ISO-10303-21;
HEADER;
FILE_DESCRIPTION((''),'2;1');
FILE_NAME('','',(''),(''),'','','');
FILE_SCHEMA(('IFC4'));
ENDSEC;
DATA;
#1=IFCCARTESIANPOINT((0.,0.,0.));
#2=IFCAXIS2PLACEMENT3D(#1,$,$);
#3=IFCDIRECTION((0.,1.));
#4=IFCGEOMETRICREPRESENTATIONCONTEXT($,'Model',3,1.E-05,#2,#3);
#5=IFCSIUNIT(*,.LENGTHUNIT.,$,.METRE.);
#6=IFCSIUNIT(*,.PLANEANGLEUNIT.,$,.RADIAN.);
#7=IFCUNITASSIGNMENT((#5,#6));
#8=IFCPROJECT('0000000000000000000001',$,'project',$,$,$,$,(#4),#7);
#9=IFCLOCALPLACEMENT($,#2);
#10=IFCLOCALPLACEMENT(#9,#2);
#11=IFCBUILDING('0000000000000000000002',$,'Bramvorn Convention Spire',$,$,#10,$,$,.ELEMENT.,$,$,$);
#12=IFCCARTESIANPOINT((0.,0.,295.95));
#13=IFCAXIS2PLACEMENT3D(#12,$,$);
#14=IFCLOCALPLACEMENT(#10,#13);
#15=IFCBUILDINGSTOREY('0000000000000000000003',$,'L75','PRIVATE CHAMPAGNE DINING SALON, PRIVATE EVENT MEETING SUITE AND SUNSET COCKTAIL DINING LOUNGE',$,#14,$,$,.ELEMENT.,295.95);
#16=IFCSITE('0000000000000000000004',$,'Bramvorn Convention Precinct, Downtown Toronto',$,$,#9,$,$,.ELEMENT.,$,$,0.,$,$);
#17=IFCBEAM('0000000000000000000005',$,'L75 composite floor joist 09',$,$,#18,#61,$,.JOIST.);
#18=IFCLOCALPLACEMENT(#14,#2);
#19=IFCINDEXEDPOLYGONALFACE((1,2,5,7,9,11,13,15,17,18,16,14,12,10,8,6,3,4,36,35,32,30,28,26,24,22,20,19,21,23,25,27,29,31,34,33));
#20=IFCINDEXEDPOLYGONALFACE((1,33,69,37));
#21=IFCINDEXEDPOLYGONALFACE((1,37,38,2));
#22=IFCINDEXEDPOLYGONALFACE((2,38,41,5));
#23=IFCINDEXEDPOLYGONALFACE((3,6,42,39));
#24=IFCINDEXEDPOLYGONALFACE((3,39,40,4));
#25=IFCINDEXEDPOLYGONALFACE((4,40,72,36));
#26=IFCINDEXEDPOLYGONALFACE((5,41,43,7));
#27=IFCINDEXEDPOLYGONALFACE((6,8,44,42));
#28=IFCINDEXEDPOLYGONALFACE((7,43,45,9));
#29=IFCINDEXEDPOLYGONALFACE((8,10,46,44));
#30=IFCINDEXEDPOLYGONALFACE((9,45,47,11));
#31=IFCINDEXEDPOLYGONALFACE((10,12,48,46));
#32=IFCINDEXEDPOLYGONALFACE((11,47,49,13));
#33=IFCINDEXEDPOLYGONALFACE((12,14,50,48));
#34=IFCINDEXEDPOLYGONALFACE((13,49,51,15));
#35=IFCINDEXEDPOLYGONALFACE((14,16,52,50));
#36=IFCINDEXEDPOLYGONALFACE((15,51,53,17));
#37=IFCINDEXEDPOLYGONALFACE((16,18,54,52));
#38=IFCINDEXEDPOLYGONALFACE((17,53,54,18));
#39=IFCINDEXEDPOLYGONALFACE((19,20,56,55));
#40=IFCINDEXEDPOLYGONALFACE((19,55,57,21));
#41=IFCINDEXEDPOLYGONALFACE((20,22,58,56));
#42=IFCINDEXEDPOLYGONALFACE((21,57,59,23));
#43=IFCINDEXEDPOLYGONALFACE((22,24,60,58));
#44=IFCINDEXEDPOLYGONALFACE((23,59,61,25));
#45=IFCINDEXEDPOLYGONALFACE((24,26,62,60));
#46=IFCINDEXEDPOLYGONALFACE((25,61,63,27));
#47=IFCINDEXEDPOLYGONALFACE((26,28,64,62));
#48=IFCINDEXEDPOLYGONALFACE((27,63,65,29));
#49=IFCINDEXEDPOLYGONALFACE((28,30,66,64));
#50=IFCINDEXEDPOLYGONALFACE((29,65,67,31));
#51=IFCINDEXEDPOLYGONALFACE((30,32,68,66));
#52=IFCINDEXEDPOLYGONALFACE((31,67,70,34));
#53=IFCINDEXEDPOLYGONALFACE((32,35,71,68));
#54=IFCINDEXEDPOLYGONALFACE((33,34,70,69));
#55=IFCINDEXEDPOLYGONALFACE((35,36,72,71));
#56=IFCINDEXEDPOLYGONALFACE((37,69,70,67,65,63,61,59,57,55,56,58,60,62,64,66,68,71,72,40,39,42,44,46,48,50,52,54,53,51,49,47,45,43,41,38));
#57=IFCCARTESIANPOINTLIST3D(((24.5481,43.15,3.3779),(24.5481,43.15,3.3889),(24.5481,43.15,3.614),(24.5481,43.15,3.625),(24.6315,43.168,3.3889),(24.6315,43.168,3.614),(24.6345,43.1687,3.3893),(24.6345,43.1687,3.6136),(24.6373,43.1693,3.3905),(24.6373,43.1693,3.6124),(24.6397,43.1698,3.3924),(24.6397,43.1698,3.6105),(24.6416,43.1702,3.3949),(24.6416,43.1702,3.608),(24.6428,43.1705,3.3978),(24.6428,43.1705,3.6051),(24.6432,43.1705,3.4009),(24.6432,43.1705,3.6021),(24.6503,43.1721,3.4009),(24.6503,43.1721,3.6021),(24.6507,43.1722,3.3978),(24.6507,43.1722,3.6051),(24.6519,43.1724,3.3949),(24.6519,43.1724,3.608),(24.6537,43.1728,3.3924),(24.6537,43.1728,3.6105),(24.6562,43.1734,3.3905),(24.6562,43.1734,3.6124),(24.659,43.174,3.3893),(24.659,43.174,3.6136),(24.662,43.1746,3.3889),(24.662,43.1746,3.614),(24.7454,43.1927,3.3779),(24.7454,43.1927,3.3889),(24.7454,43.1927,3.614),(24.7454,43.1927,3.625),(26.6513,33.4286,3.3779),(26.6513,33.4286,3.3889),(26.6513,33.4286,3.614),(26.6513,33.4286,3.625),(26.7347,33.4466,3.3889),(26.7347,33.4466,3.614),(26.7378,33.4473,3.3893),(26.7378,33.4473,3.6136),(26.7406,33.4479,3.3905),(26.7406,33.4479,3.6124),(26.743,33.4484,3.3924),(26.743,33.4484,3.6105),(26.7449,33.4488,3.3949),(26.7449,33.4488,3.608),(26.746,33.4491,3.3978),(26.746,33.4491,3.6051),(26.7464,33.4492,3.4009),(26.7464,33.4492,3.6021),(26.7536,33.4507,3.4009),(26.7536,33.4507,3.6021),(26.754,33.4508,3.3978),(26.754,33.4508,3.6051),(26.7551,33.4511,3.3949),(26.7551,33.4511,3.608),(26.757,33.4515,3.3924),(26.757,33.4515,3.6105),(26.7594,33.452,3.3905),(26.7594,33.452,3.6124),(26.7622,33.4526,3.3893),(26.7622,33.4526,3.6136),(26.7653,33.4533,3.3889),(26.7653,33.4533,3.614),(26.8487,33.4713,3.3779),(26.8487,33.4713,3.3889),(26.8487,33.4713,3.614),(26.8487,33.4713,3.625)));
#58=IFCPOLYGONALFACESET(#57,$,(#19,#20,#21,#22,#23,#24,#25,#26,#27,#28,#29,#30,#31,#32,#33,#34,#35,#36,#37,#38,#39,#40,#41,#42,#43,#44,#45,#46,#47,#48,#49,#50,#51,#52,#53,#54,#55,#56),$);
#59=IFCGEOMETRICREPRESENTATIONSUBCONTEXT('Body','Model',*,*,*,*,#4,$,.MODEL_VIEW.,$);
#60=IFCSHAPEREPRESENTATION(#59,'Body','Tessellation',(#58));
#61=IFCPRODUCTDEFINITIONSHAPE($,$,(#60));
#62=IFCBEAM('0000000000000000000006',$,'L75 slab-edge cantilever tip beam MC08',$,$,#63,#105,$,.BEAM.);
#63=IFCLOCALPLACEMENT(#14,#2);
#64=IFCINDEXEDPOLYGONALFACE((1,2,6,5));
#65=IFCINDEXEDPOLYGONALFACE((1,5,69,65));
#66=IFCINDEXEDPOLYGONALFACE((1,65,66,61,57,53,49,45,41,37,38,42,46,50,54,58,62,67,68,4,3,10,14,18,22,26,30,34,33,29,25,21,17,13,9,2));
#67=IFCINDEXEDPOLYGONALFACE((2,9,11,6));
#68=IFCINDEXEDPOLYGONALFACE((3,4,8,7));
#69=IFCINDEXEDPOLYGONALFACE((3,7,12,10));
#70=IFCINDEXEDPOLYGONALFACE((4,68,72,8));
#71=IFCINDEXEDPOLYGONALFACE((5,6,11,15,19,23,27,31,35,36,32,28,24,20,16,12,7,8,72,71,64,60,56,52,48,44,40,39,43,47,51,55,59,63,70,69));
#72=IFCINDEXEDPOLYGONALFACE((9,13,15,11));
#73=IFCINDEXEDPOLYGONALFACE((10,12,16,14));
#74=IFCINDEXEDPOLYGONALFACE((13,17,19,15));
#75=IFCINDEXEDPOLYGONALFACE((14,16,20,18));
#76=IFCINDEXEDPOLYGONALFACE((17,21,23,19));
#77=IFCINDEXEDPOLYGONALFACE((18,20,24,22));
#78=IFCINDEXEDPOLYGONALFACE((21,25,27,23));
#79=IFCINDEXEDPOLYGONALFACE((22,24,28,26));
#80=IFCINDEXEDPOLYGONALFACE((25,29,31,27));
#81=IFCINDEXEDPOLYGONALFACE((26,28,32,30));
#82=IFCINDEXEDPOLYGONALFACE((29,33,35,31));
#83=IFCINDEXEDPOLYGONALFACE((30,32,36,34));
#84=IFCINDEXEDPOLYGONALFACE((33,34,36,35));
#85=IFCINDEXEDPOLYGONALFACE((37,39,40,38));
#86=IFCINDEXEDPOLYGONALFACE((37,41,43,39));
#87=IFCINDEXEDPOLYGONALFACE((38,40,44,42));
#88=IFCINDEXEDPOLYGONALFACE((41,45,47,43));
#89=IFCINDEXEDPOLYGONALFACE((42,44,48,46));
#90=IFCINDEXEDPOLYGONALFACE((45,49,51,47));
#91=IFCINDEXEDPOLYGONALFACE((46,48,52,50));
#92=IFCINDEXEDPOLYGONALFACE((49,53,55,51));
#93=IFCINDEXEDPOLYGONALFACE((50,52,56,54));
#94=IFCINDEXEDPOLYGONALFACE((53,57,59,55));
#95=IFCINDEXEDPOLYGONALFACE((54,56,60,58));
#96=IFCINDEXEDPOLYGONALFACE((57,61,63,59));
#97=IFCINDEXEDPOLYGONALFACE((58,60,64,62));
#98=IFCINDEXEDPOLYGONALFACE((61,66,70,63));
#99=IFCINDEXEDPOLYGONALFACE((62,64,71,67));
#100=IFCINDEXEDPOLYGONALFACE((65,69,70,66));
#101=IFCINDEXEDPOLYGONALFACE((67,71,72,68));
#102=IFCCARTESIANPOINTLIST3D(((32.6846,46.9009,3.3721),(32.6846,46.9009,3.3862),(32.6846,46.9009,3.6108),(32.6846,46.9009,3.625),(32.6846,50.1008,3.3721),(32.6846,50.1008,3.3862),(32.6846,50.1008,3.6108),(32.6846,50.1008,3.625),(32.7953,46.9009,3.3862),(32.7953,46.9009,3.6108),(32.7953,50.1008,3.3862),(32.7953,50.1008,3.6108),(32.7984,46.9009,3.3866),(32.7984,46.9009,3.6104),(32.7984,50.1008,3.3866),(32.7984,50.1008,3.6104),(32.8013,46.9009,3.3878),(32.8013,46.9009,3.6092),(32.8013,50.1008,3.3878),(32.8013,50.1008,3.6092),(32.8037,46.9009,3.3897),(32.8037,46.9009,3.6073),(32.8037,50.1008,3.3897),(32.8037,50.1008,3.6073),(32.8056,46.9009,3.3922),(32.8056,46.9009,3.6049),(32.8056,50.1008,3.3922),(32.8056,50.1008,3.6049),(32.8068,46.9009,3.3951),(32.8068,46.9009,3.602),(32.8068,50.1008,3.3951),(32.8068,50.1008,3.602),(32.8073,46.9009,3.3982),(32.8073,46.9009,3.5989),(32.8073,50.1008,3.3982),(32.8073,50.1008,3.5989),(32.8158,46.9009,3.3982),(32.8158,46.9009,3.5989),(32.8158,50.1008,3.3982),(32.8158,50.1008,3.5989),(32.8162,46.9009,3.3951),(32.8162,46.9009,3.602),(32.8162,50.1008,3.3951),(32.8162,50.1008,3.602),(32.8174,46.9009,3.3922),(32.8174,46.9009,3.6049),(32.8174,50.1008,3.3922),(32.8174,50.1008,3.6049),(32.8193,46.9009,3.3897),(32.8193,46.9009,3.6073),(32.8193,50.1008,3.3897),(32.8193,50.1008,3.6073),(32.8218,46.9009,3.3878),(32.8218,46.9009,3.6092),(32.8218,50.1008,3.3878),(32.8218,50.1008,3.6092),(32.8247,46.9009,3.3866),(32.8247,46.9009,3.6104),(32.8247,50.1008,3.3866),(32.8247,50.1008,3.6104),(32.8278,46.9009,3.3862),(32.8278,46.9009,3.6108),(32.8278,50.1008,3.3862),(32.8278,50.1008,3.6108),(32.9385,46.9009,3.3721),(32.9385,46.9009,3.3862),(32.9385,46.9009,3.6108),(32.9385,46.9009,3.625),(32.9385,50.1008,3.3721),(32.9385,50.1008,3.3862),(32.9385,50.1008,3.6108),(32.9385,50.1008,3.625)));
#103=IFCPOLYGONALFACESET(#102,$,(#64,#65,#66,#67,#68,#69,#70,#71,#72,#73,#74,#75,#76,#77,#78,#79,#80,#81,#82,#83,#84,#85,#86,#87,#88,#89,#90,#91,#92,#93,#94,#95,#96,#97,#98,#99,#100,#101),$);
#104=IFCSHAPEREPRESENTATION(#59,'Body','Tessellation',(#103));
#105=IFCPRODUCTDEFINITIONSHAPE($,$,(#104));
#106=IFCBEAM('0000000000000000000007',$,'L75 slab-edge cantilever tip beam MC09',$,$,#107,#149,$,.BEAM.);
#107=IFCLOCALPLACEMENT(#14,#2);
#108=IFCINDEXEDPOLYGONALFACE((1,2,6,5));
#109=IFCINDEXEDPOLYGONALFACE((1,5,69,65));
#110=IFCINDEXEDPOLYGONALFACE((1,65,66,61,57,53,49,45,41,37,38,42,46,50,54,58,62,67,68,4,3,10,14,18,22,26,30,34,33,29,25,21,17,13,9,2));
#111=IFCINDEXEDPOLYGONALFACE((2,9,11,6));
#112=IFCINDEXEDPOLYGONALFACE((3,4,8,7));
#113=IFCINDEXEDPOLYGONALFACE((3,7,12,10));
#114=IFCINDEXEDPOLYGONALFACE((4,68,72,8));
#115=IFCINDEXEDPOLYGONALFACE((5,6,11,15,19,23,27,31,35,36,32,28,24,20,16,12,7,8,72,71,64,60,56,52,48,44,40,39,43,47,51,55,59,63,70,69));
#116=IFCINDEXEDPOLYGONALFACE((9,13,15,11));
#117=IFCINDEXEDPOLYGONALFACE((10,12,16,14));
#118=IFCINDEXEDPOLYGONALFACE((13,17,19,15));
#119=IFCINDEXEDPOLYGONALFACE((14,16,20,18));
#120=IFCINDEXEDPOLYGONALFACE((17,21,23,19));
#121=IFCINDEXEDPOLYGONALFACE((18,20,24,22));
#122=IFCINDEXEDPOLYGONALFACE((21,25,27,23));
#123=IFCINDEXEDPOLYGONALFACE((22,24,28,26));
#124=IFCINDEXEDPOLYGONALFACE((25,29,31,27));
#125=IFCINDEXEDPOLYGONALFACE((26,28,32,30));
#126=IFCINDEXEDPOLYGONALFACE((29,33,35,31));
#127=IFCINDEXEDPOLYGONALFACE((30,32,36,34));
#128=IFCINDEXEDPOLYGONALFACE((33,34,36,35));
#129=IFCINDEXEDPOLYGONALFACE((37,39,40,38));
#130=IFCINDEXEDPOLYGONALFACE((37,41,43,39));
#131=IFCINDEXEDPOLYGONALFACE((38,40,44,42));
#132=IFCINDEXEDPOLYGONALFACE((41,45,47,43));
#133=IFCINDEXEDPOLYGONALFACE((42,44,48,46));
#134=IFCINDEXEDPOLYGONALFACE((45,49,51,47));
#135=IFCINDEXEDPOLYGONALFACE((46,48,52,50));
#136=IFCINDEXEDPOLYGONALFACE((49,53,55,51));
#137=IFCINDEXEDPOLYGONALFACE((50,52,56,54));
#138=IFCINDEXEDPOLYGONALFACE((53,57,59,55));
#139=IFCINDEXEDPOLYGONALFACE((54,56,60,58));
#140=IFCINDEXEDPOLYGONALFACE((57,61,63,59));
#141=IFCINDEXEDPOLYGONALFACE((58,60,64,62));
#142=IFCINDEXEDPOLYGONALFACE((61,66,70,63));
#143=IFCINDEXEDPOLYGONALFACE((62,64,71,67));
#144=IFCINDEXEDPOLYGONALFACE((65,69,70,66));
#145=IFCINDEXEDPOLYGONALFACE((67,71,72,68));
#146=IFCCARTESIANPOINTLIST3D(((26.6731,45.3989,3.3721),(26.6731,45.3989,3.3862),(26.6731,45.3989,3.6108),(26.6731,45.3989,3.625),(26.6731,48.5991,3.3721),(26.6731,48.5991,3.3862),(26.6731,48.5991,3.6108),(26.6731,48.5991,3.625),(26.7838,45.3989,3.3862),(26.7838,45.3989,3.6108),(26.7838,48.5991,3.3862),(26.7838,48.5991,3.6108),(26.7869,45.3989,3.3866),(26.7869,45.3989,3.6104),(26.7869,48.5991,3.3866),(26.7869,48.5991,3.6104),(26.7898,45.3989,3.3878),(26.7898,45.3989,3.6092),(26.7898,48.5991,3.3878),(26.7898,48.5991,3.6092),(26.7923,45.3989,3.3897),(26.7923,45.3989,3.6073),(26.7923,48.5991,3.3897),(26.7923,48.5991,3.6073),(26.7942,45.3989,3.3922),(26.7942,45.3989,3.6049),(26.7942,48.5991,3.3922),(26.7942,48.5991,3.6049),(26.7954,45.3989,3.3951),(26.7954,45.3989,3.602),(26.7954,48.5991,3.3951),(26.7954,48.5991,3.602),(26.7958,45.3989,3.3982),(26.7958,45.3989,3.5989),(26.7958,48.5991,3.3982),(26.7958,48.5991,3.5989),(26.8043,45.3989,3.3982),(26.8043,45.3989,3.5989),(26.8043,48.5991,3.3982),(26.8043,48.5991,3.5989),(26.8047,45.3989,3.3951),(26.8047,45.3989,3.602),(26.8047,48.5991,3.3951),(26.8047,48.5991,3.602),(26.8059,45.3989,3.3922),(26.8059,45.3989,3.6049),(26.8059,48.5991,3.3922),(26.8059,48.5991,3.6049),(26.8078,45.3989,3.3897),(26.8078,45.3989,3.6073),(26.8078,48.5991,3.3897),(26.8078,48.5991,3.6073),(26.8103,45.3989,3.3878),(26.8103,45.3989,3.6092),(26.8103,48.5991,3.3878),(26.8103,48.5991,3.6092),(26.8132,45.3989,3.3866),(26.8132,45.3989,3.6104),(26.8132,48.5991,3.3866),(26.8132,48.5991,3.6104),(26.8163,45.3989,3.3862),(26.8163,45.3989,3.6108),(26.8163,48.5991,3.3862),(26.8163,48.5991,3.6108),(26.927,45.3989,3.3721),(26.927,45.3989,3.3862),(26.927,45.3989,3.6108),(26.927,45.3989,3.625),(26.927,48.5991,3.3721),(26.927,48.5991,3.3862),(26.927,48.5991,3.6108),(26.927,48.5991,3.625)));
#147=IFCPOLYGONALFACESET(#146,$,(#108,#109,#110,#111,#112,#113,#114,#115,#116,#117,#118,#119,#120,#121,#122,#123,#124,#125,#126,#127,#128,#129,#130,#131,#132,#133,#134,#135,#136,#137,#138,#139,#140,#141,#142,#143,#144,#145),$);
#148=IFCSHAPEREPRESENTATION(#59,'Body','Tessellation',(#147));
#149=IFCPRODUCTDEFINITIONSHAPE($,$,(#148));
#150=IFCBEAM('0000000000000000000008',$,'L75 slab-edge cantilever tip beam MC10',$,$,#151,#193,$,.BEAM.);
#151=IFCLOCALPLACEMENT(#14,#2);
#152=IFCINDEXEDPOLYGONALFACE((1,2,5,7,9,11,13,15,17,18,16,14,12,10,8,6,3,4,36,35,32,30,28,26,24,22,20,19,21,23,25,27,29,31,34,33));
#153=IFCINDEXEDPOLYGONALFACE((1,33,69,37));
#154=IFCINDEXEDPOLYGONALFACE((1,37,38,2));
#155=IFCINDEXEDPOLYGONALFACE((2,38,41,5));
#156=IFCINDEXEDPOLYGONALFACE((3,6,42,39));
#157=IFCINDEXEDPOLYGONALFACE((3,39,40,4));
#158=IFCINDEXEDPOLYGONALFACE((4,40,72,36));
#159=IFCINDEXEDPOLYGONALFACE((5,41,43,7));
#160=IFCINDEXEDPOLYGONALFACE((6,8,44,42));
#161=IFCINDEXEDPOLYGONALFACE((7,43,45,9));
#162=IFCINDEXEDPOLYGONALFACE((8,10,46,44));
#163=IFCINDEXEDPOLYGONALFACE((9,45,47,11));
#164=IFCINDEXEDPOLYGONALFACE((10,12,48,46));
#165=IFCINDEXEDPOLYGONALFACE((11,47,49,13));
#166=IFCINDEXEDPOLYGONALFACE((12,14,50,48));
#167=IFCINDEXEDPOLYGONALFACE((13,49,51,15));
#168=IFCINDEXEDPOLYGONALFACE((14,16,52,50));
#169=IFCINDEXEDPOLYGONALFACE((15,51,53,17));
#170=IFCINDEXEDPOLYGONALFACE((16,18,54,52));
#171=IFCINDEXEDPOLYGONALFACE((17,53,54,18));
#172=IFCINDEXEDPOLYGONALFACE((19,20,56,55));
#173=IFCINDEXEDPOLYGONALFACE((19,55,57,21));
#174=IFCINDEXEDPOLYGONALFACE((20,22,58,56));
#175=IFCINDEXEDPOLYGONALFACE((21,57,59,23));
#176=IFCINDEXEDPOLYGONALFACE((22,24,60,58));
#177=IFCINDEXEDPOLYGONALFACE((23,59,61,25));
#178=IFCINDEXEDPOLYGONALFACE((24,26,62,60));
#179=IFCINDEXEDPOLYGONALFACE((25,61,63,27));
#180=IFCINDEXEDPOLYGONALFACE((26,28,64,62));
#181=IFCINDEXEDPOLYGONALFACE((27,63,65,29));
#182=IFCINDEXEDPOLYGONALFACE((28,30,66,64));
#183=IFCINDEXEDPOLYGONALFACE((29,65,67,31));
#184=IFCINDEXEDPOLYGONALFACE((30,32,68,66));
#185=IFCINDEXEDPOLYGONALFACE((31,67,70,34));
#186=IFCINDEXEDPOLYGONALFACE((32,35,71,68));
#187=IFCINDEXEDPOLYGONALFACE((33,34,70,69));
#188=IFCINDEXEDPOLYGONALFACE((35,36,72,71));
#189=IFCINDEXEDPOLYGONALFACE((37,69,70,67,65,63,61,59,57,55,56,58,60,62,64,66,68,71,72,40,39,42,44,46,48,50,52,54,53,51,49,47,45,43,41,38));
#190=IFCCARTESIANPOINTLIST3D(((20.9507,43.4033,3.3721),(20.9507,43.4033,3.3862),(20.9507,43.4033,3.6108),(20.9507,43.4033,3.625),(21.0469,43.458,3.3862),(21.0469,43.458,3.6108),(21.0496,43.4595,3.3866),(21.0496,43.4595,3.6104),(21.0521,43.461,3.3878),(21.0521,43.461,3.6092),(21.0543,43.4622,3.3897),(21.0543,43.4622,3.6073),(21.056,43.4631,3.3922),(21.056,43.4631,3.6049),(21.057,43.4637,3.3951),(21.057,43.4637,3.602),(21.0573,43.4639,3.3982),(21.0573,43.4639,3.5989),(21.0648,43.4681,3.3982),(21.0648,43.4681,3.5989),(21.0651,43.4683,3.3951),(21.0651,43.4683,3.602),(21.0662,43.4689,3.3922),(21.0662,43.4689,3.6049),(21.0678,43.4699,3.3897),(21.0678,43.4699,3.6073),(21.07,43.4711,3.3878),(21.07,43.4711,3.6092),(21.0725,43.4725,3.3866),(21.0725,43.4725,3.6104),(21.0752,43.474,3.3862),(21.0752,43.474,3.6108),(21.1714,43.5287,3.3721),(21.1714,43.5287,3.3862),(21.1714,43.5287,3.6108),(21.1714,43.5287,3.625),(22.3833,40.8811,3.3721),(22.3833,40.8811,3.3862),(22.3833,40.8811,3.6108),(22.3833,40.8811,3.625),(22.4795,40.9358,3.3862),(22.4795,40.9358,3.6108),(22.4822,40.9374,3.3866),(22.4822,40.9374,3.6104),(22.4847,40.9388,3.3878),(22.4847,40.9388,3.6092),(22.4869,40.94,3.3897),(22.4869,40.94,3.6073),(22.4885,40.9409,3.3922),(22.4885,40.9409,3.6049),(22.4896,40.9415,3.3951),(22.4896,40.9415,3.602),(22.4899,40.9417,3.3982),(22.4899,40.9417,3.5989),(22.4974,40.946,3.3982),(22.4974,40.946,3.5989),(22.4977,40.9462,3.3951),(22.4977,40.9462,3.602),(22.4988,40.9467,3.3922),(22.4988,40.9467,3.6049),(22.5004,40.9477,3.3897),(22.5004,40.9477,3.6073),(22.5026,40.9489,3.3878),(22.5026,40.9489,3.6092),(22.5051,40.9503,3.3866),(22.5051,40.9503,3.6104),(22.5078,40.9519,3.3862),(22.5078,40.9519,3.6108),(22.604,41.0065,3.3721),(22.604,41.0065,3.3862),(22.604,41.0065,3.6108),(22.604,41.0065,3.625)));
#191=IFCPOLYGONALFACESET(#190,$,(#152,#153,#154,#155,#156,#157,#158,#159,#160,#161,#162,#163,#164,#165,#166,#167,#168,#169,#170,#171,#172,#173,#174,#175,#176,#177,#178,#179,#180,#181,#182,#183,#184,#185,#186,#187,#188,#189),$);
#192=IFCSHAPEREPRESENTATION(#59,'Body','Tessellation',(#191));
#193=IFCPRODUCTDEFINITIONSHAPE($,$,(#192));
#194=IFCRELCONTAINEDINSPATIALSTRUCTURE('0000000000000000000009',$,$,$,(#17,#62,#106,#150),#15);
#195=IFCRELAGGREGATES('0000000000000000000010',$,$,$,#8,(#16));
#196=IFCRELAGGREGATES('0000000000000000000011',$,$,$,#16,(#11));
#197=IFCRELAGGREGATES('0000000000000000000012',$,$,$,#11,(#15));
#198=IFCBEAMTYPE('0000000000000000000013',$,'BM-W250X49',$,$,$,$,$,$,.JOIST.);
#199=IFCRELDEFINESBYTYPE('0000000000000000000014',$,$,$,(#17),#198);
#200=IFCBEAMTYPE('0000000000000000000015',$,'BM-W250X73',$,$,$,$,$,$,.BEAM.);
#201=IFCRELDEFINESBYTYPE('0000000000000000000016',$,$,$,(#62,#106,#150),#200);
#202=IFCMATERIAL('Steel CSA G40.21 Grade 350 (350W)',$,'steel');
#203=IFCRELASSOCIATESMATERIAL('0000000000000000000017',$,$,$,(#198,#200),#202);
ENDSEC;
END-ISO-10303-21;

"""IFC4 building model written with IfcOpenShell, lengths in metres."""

from ifc_helpers import new_model, si_unit, direction, frame, origin, origin_2d, place, context, subcontext, project, spatial, i_section, extrude, material, material_profile, profile_set, type_object, element, save


model = new_model("IFC4")

# Units and contexts
model_context = context("Model", 3, precision=1e-05, world=origin(), true_north=direction((0.0, 1.0)))
body_context = subcontext(model_context, "Body", "Model", "MODEL_VIEW")
ifc_project = project(units=[si_unit("LENGTHUNIT", "METRE"), si_unit("PLANEANGLEUNIT", "RADIAN")], contexts=[model_context])

# Site, building, storey
site_placement = place(None, origin())
site = spatial("IfcSite", under=ifc_project, at=site_placement, Name="Bramvorn Convention Precinct, Downtown Toronto", CompositionType="ELEMENT", RefElevation=0.0)
building_placement = place(site_placement, origin())
building = spatial("IfcBuilding", under=site, at=building_placement, Name="Bramvorn Convention Spire", CompositionType="ELEMENT")
storey_placement = place(building_placement, frame((0.0, 0.0, 295.95)))
storey = spatial("IfcBuildingStorey", under=building, at=storey_placement, Name="L75", Description="PRIVATE CHAMPAGNE DINING SALON, PRIVATE EVENT MEETING SUITE AND SUNSET COCKTAIL DINING LOUNGE", CompositionType="ELEMENT", Elevation=295.95)

# Shared definitions
ifc_material_1 = material(Name="Steel CSA G40.21 Grade 350 (350W)", Category="steel")

# Beams
ifc_material_profile_1 = material_profile(ifc_material_1, i_section(OverallWidth=0.2019, OverallDepth=0.2471, WebThickness=0.0073, FlangeThickness=0.011, FilletRadius=0.012, at=origin_2d()))
ifc_profile_set_1 = profile_set([ifc_material_profile_1], Name="Steel CSA G40.21 Grade 350 (350W) - W250X49")
beam_type_1 = type_object("IfcBeamType", Name="BM-W250X49", PredefinedType="JOIST", material=ifc_profile_set_1)
beam_1_placement = place(storey_placement, frame((26.75, 33.45, 3.5015), z_axis=(-0.211461, 0.977386, 0.0), x_axis=(-0.977386, -0.211461, 0.0)))
element("IfcBeam", 1, at=beam_1_placement, inside=storey, type_object=beam_type_1, Name="L75 composite floor joist 09", PredefinedType="JOIST", context=body_context, shape_type="SweptSolid", body=[
    extrude(i_section(OverallWidth=0.2019, OverallDepth=0.2471, WebThickness=0.0073, FlangeThickness=0.011, FilletRadius=0.012, at=origin_2d()), origin(), (0.0, 0.0, 1.0), 9.9463),
])
ifc_material_profile_2 = material_profile(ifc_material_1, i_section(OverallWidth=0.2539, OverallDepth=0.2529, WebThickness=0.0085, FlangeThickness=0.0142, FilletRadius=0.012, at=origin_2d()))
ifc_profile_set_2 = profile_set([ifc_material_profile_2], Name="Steel CSA G40.21 Grade 350 (350W) - W250X73")
beam_type_2 = type_object("IfcBeamType", Name="BM-W250X73", PredefinedType="BEAM", material=ifc_profile_set_2)
beam_2_placement = place(storey_placement, frame((32.8115, 46.9009, 3.4985), z_axis=(0.0, 1.0, 0.0), x_axis=(-1.0, 0.0, 0.0)))
element("IfcBeam", 2, at=beam_2_placement, inside=storey, type_object=beam_type_2, Name="L75 slab-edge cantilever tip beam MC08", PredefinedType="BEAM", context=body_context, shape_type="SweptSolid", body=[
    extrude(i_section(OverallWidth=0.2539, OverallDepth=0.2529, WebThickness=0.0085, FlangeThickness=0.0142, FilletRadius=0.012, at=origin_2d()), origin(), (0.0, 0.0, 1.0), 3.2),
])
beam_3_placement = place(storey_placement, frame((26.8, 45.3989, 3.4985), z_axis=(0.0, 1.0, 0.0), x_axis=(-1.0, 0.0, 0.0)))
element("IfcBeam", 3, at=beam_3_placement, inside=storey, type_object=beam_type_2, Name="L75 slab-edge cantilever tip beam MC09", PredefinedType="BEAM", context=body_context, shape_type="SweptSolid", body=[
    extrude(i_section(OverallWidth=0.2539, OverallDepth=0.2529, WebThickness=0.0085, FlangeThickness=0.0142, FilletRadius=0.012, at=origin_2d()), origin(), (0.0, 0.0, 1.0), 3.2002),
])
beam_4_placement = place(storey_placement, frame((22.4937, 40.9438, 3.4985), z_axis=(-0.493889, 0.869525, 0.0), x_axis=(-0.869525, -0.493889, 0.0)))
element("IfcBeam", 4, at=beam_4_placement, inside=storey, type_object=beam_type_2, Name="L75 slab-edge cantilever tip beam MC10", PredefinedType="BEAM", context=body_context, shape_type="SweptSolid", body=[
    extrude(i_section(OverallWidth=0.2539, OverallDepth=0.2529, WebThickness=0.0085, FlangeThickness=0.0142, FilletRadius=0.012, at=origin_2d()), origin(), (0.0, 0.0, 1.0), 2.9006),
])

save(model, "model.ifc")
